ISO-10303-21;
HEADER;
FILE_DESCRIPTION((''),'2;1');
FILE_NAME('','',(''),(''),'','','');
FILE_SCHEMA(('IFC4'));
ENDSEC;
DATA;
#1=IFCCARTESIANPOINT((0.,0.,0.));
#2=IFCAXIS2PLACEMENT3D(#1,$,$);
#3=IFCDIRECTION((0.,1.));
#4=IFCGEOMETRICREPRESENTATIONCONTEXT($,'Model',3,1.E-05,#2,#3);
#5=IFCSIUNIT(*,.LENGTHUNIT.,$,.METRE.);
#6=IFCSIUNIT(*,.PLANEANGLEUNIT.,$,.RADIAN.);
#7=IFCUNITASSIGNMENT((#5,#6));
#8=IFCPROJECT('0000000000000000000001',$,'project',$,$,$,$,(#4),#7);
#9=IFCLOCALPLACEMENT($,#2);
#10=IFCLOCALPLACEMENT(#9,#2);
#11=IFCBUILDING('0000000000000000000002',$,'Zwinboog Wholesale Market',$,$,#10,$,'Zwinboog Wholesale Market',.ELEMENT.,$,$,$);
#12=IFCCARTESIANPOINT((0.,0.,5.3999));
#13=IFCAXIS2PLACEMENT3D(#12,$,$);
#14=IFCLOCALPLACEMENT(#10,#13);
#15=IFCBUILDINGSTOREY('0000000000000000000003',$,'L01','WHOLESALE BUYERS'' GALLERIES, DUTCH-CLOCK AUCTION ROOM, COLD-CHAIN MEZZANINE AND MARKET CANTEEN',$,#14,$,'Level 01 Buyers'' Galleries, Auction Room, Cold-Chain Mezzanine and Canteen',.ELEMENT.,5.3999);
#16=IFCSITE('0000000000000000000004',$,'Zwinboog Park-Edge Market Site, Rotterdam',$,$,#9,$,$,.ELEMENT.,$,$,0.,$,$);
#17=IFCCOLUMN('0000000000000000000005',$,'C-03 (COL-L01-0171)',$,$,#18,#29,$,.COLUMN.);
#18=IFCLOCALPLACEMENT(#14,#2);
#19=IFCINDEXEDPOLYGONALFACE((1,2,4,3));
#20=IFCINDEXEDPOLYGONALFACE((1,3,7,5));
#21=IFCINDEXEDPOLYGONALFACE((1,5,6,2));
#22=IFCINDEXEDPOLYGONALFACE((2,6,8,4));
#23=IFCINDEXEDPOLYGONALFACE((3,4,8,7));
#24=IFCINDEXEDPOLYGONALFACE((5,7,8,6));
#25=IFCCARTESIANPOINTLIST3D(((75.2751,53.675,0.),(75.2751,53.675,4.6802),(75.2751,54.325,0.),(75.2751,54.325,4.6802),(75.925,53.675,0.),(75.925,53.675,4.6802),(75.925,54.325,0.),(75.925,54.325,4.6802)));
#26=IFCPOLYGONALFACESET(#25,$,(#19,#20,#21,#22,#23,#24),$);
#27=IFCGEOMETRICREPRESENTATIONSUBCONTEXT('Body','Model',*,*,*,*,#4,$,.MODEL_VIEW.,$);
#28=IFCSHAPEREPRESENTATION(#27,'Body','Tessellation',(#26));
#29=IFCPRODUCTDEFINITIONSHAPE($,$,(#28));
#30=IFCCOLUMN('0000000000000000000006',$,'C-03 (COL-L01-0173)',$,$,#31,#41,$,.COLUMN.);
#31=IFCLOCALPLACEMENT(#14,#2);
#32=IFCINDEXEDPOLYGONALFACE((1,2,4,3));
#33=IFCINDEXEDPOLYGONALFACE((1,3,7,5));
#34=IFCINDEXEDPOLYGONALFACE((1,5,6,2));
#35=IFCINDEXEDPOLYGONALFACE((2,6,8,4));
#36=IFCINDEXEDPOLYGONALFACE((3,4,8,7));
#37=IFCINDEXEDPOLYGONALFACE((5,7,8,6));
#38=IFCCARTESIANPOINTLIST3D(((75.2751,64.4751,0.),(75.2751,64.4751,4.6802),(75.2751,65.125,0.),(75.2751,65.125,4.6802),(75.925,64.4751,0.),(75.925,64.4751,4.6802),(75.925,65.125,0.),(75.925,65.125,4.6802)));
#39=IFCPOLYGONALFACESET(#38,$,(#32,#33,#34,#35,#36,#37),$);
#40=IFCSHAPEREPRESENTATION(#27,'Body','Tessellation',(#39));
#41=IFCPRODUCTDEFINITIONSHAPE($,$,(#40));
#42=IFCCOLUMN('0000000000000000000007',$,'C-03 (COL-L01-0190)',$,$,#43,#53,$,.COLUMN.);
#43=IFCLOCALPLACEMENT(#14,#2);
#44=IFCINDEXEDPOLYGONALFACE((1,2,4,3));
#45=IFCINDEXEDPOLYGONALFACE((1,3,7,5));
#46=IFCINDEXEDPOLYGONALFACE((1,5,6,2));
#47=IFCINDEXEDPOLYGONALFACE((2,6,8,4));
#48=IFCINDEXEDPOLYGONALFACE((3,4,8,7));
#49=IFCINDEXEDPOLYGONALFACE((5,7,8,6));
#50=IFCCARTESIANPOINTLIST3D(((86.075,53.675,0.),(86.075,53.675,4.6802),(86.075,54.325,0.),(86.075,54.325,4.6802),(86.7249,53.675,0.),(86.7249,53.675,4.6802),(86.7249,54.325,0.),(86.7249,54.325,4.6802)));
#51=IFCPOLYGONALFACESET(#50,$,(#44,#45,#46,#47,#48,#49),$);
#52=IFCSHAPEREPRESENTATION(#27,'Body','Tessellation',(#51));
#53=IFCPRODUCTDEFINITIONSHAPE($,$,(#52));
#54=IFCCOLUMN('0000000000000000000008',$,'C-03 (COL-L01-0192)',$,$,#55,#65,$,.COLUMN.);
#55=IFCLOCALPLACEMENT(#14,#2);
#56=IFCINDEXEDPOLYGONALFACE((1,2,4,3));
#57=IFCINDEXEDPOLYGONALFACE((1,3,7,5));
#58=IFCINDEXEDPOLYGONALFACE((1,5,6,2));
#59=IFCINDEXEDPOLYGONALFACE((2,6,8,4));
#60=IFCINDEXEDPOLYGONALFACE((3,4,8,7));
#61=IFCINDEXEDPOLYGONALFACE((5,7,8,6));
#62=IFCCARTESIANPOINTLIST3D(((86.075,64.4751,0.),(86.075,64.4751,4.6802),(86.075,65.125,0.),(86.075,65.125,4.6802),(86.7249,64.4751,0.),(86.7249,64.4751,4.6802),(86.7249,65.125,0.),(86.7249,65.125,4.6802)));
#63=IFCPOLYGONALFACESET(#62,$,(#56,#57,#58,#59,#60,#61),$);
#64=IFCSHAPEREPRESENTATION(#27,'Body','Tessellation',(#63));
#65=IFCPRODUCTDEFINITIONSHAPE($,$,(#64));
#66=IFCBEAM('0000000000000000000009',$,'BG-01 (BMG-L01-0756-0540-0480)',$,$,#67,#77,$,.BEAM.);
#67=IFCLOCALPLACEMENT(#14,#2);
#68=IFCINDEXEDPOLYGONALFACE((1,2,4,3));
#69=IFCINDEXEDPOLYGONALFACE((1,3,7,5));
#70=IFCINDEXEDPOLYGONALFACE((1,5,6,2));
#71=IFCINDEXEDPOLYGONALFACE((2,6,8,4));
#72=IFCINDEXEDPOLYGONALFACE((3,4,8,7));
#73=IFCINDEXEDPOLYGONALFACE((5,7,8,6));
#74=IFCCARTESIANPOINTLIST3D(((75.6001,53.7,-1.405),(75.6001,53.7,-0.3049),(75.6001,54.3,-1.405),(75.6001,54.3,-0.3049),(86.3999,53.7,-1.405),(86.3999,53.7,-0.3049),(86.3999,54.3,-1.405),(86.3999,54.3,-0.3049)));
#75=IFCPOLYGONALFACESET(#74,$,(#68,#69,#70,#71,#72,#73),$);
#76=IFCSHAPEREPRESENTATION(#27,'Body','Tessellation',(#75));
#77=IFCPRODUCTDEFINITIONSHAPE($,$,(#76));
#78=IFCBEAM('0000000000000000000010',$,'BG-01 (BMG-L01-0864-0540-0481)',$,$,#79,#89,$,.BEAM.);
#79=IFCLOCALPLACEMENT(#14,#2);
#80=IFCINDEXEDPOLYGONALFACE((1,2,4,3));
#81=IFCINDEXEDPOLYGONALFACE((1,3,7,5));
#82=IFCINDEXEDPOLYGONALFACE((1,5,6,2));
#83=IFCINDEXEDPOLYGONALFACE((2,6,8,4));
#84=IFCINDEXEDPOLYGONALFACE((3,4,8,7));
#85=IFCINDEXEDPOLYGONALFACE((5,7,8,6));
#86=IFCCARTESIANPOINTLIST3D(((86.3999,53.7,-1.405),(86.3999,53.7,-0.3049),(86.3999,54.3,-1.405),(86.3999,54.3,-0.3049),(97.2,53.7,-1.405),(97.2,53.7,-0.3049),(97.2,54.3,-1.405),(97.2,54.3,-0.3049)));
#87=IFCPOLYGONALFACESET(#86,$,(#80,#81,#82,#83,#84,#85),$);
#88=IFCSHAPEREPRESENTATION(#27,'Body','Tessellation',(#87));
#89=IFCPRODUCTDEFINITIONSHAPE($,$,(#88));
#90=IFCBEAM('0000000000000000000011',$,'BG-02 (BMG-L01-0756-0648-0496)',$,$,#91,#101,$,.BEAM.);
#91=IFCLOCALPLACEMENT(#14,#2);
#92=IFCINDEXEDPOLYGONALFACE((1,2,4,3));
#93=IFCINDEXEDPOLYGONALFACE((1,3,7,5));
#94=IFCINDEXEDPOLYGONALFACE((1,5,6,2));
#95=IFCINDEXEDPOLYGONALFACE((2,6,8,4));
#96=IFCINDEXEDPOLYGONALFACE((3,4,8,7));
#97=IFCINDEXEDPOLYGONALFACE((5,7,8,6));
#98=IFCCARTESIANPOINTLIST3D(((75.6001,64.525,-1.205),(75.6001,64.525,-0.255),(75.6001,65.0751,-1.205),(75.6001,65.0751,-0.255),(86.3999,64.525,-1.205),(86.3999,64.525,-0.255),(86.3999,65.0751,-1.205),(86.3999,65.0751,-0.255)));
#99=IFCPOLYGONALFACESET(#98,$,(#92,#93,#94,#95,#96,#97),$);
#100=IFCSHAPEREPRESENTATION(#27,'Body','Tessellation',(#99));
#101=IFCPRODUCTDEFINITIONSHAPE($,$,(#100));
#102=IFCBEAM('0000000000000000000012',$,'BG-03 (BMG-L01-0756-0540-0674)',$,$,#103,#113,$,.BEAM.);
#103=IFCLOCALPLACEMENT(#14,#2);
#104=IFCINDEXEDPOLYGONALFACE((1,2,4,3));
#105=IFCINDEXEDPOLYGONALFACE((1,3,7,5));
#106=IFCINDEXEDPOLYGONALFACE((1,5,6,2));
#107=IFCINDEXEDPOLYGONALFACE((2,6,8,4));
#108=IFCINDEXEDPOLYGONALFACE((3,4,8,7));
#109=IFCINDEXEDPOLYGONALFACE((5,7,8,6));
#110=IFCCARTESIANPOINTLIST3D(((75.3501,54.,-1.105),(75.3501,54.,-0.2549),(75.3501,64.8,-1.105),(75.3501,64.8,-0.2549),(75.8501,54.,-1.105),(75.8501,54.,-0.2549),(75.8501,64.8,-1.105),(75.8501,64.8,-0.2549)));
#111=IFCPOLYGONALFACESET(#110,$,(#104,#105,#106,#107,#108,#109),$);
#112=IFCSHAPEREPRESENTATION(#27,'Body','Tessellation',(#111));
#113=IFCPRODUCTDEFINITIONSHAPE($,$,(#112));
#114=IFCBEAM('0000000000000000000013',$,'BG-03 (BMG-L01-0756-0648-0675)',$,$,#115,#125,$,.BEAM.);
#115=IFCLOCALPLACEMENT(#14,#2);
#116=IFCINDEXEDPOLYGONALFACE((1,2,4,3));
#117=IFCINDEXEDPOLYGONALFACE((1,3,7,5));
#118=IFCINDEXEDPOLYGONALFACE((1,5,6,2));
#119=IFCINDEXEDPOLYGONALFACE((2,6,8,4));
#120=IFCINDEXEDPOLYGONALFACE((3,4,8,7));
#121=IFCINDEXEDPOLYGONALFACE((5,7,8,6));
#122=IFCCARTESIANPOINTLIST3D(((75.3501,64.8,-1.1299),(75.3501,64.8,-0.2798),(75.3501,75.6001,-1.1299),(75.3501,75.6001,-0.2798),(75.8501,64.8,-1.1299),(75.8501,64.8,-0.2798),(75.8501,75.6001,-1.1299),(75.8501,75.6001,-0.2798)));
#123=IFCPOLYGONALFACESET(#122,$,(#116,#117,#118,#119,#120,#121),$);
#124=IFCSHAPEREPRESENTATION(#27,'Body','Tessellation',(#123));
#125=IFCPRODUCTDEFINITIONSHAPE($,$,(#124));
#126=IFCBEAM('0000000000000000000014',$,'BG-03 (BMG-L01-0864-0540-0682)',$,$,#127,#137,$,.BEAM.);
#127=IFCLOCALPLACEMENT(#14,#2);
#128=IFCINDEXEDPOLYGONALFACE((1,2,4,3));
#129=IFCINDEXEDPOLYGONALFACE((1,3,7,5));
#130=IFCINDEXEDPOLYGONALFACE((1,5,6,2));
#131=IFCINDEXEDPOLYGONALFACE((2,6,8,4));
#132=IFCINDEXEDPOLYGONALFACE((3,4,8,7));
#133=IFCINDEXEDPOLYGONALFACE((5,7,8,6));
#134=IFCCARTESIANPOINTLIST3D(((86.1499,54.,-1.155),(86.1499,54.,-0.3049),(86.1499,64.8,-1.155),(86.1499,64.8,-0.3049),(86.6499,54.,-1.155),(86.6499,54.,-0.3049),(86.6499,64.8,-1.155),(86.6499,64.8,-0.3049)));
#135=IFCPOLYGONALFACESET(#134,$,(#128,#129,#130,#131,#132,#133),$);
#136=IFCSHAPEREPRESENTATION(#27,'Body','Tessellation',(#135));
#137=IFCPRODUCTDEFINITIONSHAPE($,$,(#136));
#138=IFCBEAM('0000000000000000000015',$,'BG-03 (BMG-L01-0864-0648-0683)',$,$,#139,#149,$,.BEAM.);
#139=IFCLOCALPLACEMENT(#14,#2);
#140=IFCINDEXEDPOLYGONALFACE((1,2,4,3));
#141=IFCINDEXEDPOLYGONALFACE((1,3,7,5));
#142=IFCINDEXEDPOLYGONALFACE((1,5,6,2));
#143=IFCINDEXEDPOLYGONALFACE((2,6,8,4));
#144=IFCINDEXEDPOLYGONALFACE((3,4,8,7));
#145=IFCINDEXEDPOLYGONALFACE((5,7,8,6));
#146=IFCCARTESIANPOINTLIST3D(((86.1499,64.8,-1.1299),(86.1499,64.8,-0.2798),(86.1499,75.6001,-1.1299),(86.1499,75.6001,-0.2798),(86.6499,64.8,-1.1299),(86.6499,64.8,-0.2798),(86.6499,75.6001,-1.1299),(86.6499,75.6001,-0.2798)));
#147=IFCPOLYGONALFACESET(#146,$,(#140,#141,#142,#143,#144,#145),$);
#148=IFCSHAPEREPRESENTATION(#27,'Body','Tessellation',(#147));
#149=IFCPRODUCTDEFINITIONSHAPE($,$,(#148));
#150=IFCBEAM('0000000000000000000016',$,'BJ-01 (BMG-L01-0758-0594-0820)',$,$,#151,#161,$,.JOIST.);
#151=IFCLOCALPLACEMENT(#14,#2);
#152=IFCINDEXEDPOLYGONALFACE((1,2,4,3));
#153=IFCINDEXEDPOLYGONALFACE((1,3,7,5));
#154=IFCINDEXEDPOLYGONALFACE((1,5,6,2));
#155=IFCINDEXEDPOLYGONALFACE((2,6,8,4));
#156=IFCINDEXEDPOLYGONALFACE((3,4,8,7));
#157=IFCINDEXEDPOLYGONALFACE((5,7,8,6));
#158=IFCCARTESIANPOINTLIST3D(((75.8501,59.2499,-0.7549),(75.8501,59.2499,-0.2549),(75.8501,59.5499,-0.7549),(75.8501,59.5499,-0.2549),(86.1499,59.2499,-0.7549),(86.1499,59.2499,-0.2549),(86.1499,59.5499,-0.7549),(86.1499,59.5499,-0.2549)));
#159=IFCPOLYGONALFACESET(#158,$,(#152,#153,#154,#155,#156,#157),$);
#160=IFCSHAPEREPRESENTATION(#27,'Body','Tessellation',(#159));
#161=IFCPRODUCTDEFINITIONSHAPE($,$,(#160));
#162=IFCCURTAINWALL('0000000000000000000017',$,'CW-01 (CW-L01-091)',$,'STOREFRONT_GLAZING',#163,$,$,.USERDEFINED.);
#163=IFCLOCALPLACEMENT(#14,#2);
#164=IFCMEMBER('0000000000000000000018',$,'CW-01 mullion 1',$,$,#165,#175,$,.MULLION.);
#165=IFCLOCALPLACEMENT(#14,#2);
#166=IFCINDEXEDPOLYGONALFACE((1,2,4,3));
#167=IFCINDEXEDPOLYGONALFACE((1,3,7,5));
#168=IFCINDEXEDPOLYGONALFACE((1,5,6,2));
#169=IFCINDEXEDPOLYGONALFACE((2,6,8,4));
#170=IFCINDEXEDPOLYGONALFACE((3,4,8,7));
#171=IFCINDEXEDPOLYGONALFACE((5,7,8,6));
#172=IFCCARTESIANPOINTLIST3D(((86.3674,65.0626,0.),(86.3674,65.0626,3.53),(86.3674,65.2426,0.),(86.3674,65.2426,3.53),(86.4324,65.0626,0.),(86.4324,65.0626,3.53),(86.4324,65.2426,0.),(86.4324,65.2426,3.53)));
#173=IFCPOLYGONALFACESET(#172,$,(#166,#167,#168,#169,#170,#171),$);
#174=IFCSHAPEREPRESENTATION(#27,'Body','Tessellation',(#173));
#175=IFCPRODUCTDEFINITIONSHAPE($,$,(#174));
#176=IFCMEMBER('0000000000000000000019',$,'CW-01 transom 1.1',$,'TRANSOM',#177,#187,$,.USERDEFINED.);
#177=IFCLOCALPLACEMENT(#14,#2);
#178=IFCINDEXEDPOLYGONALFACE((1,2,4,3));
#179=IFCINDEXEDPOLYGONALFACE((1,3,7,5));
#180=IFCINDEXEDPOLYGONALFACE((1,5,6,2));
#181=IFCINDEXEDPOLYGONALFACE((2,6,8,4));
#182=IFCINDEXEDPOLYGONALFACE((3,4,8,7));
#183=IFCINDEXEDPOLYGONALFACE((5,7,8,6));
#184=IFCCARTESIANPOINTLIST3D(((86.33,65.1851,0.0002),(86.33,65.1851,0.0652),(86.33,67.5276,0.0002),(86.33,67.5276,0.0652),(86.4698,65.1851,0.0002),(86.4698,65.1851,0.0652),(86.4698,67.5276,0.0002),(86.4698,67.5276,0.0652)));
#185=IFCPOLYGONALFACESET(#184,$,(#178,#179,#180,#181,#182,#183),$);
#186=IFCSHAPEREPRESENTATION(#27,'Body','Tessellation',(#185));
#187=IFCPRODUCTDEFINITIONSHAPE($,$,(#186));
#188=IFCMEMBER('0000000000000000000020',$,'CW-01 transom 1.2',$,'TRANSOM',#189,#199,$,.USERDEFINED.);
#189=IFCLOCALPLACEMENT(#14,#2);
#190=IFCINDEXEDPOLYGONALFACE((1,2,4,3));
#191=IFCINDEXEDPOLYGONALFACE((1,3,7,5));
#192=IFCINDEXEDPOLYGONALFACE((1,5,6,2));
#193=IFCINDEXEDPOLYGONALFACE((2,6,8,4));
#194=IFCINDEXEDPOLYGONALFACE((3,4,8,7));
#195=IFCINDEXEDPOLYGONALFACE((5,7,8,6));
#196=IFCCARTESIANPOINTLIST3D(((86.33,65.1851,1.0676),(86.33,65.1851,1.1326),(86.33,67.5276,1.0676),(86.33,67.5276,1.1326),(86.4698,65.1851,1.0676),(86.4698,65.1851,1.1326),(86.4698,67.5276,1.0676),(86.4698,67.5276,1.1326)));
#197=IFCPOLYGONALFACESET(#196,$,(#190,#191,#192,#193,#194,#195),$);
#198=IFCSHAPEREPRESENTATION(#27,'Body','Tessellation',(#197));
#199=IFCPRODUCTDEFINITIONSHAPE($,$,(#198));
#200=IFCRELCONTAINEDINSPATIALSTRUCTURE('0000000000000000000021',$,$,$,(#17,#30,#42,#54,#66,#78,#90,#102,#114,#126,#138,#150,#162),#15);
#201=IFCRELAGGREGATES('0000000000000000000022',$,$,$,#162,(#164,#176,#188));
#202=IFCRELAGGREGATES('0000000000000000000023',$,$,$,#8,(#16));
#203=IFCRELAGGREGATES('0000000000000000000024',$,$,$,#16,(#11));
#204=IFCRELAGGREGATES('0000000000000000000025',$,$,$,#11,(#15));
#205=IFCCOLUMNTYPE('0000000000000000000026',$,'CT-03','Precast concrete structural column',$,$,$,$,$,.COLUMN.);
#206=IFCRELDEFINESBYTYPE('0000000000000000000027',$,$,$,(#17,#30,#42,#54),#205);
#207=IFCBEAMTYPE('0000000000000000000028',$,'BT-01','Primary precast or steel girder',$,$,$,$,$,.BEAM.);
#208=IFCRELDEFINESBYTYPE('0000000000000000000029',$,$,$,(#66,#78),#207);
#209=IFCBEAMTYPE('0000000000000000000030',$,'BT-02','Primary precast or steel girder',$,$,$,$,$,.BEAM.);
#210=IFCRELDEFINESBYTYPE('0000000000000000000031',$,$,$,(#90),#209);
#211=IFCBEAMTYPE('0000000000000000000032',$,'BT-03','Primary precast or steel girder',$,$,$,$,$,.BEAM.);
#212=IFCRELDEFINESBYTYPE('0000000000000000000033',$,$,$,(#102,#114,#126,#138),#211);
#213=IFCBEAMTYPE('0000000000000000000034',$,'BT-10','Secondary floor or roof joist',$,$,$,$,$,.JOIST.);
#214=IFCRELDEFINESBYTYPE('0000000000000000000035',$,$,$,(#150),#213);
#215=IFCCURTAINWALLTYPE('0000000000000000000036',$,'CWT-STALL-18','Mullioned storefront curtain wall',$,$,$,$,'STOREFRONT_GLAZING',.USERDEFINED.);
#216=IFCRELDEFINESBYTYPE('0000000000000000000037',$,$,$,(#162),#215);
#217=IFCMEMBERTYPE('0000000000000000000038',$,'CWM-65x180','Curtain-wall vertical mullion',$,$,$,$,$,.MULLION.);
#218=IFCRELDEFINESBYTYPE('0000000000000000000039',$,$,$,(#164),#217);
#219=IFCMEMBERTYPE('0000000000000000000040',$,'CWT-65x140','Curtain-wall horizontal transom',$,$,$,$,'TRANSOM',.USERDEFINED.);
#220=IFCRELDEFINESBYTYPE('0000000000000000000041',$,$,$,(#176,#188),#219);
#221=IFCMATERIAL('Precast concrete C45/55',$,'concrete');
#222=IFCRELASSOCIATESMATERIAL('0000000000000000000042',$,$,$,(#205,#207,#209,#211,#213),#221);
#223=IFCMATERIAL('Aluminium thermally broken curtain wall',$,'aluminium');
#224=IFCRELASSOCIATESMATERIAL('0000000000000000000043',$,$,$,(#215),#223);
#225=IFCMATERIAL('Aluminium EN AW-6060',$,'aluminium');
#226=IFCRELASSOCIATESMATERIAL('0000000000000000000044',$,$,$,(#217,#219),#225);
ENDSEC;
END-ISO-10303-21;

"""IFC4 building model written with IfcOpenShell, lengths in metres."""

from ifc_helpers import new_model, si_unit, direction, frame, origin, origin_2d, place, context, subcontext, project, spatial, rectangle, extrude, material, material_profile, profile_set, type_object, element, aggregate, save


model = new_model("IFC4")

# Units and contexts
model_context = context("Model", 3, precision=1e-05, world=origin(), true_north=direction((0.0, 1.0)))
body_context = subcontext(model_context, "Body", "Model", "MODEL_VIEW")
ifc_project = project(units=[si_unit("LENGTHUNIT", "METRE"), si_unit("PLANEANGLEUNIT", "RADIAN")], contexts=[model_context])

# Site, building, storey
site_placement = place(None, origin())
site = spatial("IfcSite", under=ifc_project, at=site_placement, Name="Zwinboog Park-Edge Market Site, Rotterdam", CompositionType="ELEMENT", RefElevation=0.0)
building_placement = place(site_placement, origin())
building = spatial("IfcBuilding", under=site, at=building_placement, Name="Zwinboog Wholesale Market", LongName="Zwinboog Wholesale Market", CompositionType="ELEMENT")
storey_placement = place(building_placement, frame((0.0, 0.0, 5.3999)))
storey = spatial("IfcBuildingStorey", under=building, at=storey_placement, Name="L01", Description="WHOLESALE BUYERS' GALLERIES, DUTCH-CLOCK AUCTION ROOM, COLD-CHAIN MEZZANINE AND MARKET CANTEEN", LongName="Level 01 Buyers' Galleries, Auction Room, Cold-Chain Mezzanine and Canteen", CompositionType="ELEMENT", Elevation=5.3999)

# Columns
ifc_material_1 = material(Name="Precast concrete C45/55", Category="concrete")
ifc_material_profile_1 = material_profile(ifc_material_1, rectangle(XDim=0.6499, YDim=0.6499, at=origin_2d()), Name="PC 650x650")
ifc_profile_set_1 = profile_set([ifc_material_profile_1], Name="Precast concrete C45/55")
column_type = type_object("IfcColumnType", Name="CT-03", Description="Precast concrete structural column", PredefinedType="COLUMN", material=ifc_profile_set_1)
for number, where, z_axis, x_axis, name in (
    (1, (75.6001, 54.0, 0.0), (0.0, 0.0, 1.0), (1.0, 0.0, 0.0), "C-03 (COL-L01-0171)"),
    (2, (75.6001, 64.8, 0.0), (0.0, 0.0, 1.0), (1.0, 0.0, 0.0), "C-03 (COL-L01-0173)"),
    (3, (86.3999, 54.0, 0.0), (0.0, 0.0, 1.0), (1.0, 0.0, 0.0), "C-03 (COL-L01-0190)"),
    (4, (86.3999, 64.8, 0.0), (0.0, 0.0, 1.0), (1.0, 0.0, 0.0), "C-03 (COL-L01-0192)"),
):
    element("IfcColumn", number, at=place(storey_placement, frame(where, z_axis=z_axis, x_axis=x_axis)), inside=storey, type_object=column_type, Name=name, PredefinedType="COLUMN", context=body_context, shape_type="SweptSolid", body=[
        extrude(rectangle(XDim=0.6499, YDim=0.6499, at=origin_2d()), origin(), (0.0, 0.0, 1.0), 4.6802),
    ])

# Beams
ifc_material_profile_2 = material_profile(ifc_material_1, rectangle(XDim=0.6001, YDim=1.1001, at=origin_2d()), Name="PC 600x1100")
ifc_profile_set_2 = profile_set([ifc_material_profile_2], Name="Precast concrete C45/55")
beam_type_1 = type_object("IfcBeamType", Name="BT-01", Description="Primary precast or steel girder", PredefinedType="BEAM", material=ifc_profile_set_2)
beam_1_placement = place(storey_placement, frame((75.6001, 54.0, -0.855), z_axis=(1.0, 0.0, 0.0), x_axis=(0.0, 1.0, 0.0)))
element("IfcBeam", 5, at=beam_1_placement, inside=storey, type_object=beam_type_1, Name="BG-01 (BMG-L01-0756-0540-0480)", PredefinedType="BEAM", context=body_context, shape_type="SweptSolid", body=[
    extrude(rectangle(XDim=0.6001, YDim=1.1001, at=origin_2d()), origin(), (0.0, 0.0, 1.0), 10.7998),
])
beam_2_placement = place(storey_placement, frame((86.3999, 54.0, -0.855), z_axis=(1.0, 0.0, 0.0), x_axis=(0.0, 1.0, 0.0)))
element("IfcBeam", 6, at=beam_2_placement, inside=storey, type_object=beam_type_1, Name="BG-01 (BMG-L01-0864-0540-0481)", PredefinedType="BEAM", context=body_context, shape_type="SweptSolid", body=[
    extrude(rectangle(XDim=0.6001, YDim=1.1001, at=origin_2d()), origin(), (0.0, 0.0, 1.0), 10.8),
])
ifc_material_profile_3 = material_profile(ifc_material_1, rectangle(XDim=0.55, YDim=0.95, at=origin_2d()), Name="PC 550x950")
ifc_profile_set_3 = profile_set([ifc_material_profile_3], Name="Precast concrete C45/55")
beam_type_2 = type_object("IfcBeamType", Name="BT-02", Description="Primary precast or steel girder", PredefinedType="BEAM", material=ifc_profile_set_3)
beam_3_placement = place(storey_placement, frame((75.6001, 64.8, -0.73), z_axis=(1.0, 0.0, 0.0), x_axis=(0.0, 1.0, 0.0)))
element("IfcBeam", 7, at=beam_3_placement, inside=storey, type_object=beam_type_2, Name="BG-02 (BMG-L01-0756-0648-0496)", PredefinedType="BEAM", context=body_context, shape_type="SweptSolid", body=[
    extrude(rectangle(XDim=0.55, YDim=0.95, at=origin_2d()), origin(), (0.0, 0.0, 1.0), 10.7998),
])
ifc_material_profile_4 = material_profile(ifc_material_1, rectangle(XDim=0.5, YDim=0.8501, at=origin_2d()), Name="PC 500x850")
ifc_profile_set_4 = profile_set([ifc_material_profile_4], Name="Precast concrete C45/55")
beam_type_3 = type_object("IfcBeamType", Name="BT-03", Description="Primary precast or steel girder", PredefinedType="BEAM", material=ifc_profile_set_4)
for number, where, z_axis, x_axis, name in (
    (8, (75.6001, 54.0, -0.6799), (0.0, 1.0, 0.0), (-1.0, 0.0, 0.0), "BG-03 (BMG-L01-0756-0540-0674)"),
    (9, (75.6001, 64.8, -0.7048), (0.0, 1.0, 0.0), (-1.0, 0.0, 0.0), "BG-03 (BMG-L01-0756-0648-0675)"),
    (10, (86.3999, 54.0, -0.73), (0.0, 1.0, 0.0), (-1.0, 0.0, 0.0), "BG-03 (BMG-L01-0864-0540-0682)"),
    (11, (86.3999, 64.8, -0.7048), (0.0, 1.0, 0.0), (-1.0, 0.0, 0.0), "BG-03 (BMG-L01-0864-0648-0683)"),
):
    element("IfcBeam", number, at=place(storey_placement, frame(where, z_axis=z_axis, x_axis=x_axis)), inside=storey, type_object=beam_type_3, Name=name, PredefinedType="BEAM", context=body_context, shape_type="SweptSolid", body=[
        extrude(rectangle(XDim=0.5, YDim=0.8501, at=origin_2d()), origin(), (0.0, 0.0, 1.0), 10.8),
    ])
ifc_material_profile_5 = material_profile(ifc_material_1, rectangle(XDim=0.3, YDim=0.5, at=origin_2d()), Name="PC 300x500")
ifc_profile_set_5 = profile_set([ifc_material_profile_5], Name="Precast concrete C45/55")
beam_type_4 = type_object("IfcBeamType", Name="BT-10", Description="Secondary floor or roof joist", PredefinedType="JOIST", material=ifc_profile_set_5)
beam_4_placement = place(storey_placement, frame((75.8501, 59.3999, -0.5049), z_axis=(1.0, 0.0, 0.0), x_axis=(0.0, 1.0, 0.0)))
element("IfcBeam", 12, at=beam_4_placement, inside=storey, type_object=beam_type_4, Name="BJ-01 (BMG-L01-0758-0594-0820)", PredefinedType="JOIST", context=body_context, shape_type="SweptSolid", body=[
    extrude(rectangle(XDim=0.3, YDim=0.5, at=origin_2d()), origin(), (0.0, 0.0, 1.0), 10.2998),
])

# Curtain wall, members
ifc_material_2 = material(Name="Aluminium thermally broken curtain wall", Category="aluminium")
curtain_wall_type = type_object("IfcCurtainWallType", Name="CWT-STALL-18", Description="Mullioned storefront curtain wall", ElementType="STOREFRONT_GLAZING", PredefinedType="USERDEFINED", material=ifc_material_2)
curtain_wall_placement = place(storey_placement, origin())
curtain_wall = element("IfcCurtainWall", 13, at=curtain_wall_placement, inside=storey, type_object=curtain_wall_type, Name="CW-01 (CW-L01-091)", ObjectType="STOREFRONT_GLAZING", PredefinedType="USERDEFINED")
ifc_material_3 = material(Name="Aluminium EN AW-6060", Category="aluminium")
ifc_material_profile_6 = material_profile(ifc_material_3, rectangle(XDim=0.0649, YDim=0.1799, at=origin_2d()), Name="AL 65x180")
ifc_profile_set_6 = profile_set([ifc_material_profile_6], Name="Aluminium EN AW-6060")
member_type_1 = type_object("IfcMemberType", Name="CWM-65x180", Description="Curtain-wall vertical mullion", PredefinedType="MULLION", material=ifc_profile_set_6)
member_1_placement = place(storey_placement, frame((86.3999, 65.1526, 0.0), z_axis=(0.0, 0.0, 1.0), x_axis=(-1.0, 0.0, 0.0)))
member_1 = element("IfcMember", 14, at=member_1_placement, type_object=member_type_1, Name="CW-01 mullion 1", PredefinedType="MULLION", context=body_context, shape_type="SweptSolid", body=[
    extrude(rectangle(XDim=0.0649, YDim=0.1799, at=origin_2d()), origin(), (0.0, 0.0, 1.0), 3.53),
])
ifc_material_profile_7 = material_profile(ifc_material_3, rectangle(XDim=0.1399, YDim=0.0649, at=origin_2d()), Name="AL 65x140")
ifc_profile_set_7 = profile_set([ifc_material_profile_7], Name="Aluminium EN AW-6060")
member_type_2 = type_object("IfcMemberType", Name="CWT-65x140", Description="Curtain-wall horizontal transom", ElementType="TRANSOM", PredefinedType="USERDEFINED", material=ifc_profile_set_7)
member_2_placement = place(storey_placement, frame((86.3999, 65.1851, 0.0327), z_axis=(0.0, 1.0, 0.0), x_axis=(-1.0, 0.0, 0.0)))
member_2 = element("IfcMember", 15, at=member_2_placement, type_object=member_type_2, Name="CW-01 transom 1.1", ObjectType="TRANSOM", PredefinedType="USERDEFINED", context=body_context, shape_type="SweptSolid", body=[
    extrude(rectangle(XDim=0.1399, YDim=0.0649, at=origin_2d()), origin(), (0.0, 0.0, 1.0), 2.3425),
])
member_3_placement = place(storey_placement, frame((86.3999, 65.1851, 1.1001), z_axis=(0.0, 1.0, 0.0), x_axis=(-1.0, 0.0, 0.0)))
member_3 = element("IfcMember", 16, at=member_3_placement, type_object=member_type_2, Name="CW-01 transom 1.2", ObjectType="TRANSOM", PredefinedType="USERDEFINED", context=body_context, shape_type="SweptSolid", body=[
    extrude(rectangle(XDim=0.1399, YDim=0.0649, at=origin_2d()), origin(), (0.0, 0.0, 1.0), 2.3425),
])
aggregate(curtain_wall, [member_1, member_2, member_3])

save(model, "model.ifc")
